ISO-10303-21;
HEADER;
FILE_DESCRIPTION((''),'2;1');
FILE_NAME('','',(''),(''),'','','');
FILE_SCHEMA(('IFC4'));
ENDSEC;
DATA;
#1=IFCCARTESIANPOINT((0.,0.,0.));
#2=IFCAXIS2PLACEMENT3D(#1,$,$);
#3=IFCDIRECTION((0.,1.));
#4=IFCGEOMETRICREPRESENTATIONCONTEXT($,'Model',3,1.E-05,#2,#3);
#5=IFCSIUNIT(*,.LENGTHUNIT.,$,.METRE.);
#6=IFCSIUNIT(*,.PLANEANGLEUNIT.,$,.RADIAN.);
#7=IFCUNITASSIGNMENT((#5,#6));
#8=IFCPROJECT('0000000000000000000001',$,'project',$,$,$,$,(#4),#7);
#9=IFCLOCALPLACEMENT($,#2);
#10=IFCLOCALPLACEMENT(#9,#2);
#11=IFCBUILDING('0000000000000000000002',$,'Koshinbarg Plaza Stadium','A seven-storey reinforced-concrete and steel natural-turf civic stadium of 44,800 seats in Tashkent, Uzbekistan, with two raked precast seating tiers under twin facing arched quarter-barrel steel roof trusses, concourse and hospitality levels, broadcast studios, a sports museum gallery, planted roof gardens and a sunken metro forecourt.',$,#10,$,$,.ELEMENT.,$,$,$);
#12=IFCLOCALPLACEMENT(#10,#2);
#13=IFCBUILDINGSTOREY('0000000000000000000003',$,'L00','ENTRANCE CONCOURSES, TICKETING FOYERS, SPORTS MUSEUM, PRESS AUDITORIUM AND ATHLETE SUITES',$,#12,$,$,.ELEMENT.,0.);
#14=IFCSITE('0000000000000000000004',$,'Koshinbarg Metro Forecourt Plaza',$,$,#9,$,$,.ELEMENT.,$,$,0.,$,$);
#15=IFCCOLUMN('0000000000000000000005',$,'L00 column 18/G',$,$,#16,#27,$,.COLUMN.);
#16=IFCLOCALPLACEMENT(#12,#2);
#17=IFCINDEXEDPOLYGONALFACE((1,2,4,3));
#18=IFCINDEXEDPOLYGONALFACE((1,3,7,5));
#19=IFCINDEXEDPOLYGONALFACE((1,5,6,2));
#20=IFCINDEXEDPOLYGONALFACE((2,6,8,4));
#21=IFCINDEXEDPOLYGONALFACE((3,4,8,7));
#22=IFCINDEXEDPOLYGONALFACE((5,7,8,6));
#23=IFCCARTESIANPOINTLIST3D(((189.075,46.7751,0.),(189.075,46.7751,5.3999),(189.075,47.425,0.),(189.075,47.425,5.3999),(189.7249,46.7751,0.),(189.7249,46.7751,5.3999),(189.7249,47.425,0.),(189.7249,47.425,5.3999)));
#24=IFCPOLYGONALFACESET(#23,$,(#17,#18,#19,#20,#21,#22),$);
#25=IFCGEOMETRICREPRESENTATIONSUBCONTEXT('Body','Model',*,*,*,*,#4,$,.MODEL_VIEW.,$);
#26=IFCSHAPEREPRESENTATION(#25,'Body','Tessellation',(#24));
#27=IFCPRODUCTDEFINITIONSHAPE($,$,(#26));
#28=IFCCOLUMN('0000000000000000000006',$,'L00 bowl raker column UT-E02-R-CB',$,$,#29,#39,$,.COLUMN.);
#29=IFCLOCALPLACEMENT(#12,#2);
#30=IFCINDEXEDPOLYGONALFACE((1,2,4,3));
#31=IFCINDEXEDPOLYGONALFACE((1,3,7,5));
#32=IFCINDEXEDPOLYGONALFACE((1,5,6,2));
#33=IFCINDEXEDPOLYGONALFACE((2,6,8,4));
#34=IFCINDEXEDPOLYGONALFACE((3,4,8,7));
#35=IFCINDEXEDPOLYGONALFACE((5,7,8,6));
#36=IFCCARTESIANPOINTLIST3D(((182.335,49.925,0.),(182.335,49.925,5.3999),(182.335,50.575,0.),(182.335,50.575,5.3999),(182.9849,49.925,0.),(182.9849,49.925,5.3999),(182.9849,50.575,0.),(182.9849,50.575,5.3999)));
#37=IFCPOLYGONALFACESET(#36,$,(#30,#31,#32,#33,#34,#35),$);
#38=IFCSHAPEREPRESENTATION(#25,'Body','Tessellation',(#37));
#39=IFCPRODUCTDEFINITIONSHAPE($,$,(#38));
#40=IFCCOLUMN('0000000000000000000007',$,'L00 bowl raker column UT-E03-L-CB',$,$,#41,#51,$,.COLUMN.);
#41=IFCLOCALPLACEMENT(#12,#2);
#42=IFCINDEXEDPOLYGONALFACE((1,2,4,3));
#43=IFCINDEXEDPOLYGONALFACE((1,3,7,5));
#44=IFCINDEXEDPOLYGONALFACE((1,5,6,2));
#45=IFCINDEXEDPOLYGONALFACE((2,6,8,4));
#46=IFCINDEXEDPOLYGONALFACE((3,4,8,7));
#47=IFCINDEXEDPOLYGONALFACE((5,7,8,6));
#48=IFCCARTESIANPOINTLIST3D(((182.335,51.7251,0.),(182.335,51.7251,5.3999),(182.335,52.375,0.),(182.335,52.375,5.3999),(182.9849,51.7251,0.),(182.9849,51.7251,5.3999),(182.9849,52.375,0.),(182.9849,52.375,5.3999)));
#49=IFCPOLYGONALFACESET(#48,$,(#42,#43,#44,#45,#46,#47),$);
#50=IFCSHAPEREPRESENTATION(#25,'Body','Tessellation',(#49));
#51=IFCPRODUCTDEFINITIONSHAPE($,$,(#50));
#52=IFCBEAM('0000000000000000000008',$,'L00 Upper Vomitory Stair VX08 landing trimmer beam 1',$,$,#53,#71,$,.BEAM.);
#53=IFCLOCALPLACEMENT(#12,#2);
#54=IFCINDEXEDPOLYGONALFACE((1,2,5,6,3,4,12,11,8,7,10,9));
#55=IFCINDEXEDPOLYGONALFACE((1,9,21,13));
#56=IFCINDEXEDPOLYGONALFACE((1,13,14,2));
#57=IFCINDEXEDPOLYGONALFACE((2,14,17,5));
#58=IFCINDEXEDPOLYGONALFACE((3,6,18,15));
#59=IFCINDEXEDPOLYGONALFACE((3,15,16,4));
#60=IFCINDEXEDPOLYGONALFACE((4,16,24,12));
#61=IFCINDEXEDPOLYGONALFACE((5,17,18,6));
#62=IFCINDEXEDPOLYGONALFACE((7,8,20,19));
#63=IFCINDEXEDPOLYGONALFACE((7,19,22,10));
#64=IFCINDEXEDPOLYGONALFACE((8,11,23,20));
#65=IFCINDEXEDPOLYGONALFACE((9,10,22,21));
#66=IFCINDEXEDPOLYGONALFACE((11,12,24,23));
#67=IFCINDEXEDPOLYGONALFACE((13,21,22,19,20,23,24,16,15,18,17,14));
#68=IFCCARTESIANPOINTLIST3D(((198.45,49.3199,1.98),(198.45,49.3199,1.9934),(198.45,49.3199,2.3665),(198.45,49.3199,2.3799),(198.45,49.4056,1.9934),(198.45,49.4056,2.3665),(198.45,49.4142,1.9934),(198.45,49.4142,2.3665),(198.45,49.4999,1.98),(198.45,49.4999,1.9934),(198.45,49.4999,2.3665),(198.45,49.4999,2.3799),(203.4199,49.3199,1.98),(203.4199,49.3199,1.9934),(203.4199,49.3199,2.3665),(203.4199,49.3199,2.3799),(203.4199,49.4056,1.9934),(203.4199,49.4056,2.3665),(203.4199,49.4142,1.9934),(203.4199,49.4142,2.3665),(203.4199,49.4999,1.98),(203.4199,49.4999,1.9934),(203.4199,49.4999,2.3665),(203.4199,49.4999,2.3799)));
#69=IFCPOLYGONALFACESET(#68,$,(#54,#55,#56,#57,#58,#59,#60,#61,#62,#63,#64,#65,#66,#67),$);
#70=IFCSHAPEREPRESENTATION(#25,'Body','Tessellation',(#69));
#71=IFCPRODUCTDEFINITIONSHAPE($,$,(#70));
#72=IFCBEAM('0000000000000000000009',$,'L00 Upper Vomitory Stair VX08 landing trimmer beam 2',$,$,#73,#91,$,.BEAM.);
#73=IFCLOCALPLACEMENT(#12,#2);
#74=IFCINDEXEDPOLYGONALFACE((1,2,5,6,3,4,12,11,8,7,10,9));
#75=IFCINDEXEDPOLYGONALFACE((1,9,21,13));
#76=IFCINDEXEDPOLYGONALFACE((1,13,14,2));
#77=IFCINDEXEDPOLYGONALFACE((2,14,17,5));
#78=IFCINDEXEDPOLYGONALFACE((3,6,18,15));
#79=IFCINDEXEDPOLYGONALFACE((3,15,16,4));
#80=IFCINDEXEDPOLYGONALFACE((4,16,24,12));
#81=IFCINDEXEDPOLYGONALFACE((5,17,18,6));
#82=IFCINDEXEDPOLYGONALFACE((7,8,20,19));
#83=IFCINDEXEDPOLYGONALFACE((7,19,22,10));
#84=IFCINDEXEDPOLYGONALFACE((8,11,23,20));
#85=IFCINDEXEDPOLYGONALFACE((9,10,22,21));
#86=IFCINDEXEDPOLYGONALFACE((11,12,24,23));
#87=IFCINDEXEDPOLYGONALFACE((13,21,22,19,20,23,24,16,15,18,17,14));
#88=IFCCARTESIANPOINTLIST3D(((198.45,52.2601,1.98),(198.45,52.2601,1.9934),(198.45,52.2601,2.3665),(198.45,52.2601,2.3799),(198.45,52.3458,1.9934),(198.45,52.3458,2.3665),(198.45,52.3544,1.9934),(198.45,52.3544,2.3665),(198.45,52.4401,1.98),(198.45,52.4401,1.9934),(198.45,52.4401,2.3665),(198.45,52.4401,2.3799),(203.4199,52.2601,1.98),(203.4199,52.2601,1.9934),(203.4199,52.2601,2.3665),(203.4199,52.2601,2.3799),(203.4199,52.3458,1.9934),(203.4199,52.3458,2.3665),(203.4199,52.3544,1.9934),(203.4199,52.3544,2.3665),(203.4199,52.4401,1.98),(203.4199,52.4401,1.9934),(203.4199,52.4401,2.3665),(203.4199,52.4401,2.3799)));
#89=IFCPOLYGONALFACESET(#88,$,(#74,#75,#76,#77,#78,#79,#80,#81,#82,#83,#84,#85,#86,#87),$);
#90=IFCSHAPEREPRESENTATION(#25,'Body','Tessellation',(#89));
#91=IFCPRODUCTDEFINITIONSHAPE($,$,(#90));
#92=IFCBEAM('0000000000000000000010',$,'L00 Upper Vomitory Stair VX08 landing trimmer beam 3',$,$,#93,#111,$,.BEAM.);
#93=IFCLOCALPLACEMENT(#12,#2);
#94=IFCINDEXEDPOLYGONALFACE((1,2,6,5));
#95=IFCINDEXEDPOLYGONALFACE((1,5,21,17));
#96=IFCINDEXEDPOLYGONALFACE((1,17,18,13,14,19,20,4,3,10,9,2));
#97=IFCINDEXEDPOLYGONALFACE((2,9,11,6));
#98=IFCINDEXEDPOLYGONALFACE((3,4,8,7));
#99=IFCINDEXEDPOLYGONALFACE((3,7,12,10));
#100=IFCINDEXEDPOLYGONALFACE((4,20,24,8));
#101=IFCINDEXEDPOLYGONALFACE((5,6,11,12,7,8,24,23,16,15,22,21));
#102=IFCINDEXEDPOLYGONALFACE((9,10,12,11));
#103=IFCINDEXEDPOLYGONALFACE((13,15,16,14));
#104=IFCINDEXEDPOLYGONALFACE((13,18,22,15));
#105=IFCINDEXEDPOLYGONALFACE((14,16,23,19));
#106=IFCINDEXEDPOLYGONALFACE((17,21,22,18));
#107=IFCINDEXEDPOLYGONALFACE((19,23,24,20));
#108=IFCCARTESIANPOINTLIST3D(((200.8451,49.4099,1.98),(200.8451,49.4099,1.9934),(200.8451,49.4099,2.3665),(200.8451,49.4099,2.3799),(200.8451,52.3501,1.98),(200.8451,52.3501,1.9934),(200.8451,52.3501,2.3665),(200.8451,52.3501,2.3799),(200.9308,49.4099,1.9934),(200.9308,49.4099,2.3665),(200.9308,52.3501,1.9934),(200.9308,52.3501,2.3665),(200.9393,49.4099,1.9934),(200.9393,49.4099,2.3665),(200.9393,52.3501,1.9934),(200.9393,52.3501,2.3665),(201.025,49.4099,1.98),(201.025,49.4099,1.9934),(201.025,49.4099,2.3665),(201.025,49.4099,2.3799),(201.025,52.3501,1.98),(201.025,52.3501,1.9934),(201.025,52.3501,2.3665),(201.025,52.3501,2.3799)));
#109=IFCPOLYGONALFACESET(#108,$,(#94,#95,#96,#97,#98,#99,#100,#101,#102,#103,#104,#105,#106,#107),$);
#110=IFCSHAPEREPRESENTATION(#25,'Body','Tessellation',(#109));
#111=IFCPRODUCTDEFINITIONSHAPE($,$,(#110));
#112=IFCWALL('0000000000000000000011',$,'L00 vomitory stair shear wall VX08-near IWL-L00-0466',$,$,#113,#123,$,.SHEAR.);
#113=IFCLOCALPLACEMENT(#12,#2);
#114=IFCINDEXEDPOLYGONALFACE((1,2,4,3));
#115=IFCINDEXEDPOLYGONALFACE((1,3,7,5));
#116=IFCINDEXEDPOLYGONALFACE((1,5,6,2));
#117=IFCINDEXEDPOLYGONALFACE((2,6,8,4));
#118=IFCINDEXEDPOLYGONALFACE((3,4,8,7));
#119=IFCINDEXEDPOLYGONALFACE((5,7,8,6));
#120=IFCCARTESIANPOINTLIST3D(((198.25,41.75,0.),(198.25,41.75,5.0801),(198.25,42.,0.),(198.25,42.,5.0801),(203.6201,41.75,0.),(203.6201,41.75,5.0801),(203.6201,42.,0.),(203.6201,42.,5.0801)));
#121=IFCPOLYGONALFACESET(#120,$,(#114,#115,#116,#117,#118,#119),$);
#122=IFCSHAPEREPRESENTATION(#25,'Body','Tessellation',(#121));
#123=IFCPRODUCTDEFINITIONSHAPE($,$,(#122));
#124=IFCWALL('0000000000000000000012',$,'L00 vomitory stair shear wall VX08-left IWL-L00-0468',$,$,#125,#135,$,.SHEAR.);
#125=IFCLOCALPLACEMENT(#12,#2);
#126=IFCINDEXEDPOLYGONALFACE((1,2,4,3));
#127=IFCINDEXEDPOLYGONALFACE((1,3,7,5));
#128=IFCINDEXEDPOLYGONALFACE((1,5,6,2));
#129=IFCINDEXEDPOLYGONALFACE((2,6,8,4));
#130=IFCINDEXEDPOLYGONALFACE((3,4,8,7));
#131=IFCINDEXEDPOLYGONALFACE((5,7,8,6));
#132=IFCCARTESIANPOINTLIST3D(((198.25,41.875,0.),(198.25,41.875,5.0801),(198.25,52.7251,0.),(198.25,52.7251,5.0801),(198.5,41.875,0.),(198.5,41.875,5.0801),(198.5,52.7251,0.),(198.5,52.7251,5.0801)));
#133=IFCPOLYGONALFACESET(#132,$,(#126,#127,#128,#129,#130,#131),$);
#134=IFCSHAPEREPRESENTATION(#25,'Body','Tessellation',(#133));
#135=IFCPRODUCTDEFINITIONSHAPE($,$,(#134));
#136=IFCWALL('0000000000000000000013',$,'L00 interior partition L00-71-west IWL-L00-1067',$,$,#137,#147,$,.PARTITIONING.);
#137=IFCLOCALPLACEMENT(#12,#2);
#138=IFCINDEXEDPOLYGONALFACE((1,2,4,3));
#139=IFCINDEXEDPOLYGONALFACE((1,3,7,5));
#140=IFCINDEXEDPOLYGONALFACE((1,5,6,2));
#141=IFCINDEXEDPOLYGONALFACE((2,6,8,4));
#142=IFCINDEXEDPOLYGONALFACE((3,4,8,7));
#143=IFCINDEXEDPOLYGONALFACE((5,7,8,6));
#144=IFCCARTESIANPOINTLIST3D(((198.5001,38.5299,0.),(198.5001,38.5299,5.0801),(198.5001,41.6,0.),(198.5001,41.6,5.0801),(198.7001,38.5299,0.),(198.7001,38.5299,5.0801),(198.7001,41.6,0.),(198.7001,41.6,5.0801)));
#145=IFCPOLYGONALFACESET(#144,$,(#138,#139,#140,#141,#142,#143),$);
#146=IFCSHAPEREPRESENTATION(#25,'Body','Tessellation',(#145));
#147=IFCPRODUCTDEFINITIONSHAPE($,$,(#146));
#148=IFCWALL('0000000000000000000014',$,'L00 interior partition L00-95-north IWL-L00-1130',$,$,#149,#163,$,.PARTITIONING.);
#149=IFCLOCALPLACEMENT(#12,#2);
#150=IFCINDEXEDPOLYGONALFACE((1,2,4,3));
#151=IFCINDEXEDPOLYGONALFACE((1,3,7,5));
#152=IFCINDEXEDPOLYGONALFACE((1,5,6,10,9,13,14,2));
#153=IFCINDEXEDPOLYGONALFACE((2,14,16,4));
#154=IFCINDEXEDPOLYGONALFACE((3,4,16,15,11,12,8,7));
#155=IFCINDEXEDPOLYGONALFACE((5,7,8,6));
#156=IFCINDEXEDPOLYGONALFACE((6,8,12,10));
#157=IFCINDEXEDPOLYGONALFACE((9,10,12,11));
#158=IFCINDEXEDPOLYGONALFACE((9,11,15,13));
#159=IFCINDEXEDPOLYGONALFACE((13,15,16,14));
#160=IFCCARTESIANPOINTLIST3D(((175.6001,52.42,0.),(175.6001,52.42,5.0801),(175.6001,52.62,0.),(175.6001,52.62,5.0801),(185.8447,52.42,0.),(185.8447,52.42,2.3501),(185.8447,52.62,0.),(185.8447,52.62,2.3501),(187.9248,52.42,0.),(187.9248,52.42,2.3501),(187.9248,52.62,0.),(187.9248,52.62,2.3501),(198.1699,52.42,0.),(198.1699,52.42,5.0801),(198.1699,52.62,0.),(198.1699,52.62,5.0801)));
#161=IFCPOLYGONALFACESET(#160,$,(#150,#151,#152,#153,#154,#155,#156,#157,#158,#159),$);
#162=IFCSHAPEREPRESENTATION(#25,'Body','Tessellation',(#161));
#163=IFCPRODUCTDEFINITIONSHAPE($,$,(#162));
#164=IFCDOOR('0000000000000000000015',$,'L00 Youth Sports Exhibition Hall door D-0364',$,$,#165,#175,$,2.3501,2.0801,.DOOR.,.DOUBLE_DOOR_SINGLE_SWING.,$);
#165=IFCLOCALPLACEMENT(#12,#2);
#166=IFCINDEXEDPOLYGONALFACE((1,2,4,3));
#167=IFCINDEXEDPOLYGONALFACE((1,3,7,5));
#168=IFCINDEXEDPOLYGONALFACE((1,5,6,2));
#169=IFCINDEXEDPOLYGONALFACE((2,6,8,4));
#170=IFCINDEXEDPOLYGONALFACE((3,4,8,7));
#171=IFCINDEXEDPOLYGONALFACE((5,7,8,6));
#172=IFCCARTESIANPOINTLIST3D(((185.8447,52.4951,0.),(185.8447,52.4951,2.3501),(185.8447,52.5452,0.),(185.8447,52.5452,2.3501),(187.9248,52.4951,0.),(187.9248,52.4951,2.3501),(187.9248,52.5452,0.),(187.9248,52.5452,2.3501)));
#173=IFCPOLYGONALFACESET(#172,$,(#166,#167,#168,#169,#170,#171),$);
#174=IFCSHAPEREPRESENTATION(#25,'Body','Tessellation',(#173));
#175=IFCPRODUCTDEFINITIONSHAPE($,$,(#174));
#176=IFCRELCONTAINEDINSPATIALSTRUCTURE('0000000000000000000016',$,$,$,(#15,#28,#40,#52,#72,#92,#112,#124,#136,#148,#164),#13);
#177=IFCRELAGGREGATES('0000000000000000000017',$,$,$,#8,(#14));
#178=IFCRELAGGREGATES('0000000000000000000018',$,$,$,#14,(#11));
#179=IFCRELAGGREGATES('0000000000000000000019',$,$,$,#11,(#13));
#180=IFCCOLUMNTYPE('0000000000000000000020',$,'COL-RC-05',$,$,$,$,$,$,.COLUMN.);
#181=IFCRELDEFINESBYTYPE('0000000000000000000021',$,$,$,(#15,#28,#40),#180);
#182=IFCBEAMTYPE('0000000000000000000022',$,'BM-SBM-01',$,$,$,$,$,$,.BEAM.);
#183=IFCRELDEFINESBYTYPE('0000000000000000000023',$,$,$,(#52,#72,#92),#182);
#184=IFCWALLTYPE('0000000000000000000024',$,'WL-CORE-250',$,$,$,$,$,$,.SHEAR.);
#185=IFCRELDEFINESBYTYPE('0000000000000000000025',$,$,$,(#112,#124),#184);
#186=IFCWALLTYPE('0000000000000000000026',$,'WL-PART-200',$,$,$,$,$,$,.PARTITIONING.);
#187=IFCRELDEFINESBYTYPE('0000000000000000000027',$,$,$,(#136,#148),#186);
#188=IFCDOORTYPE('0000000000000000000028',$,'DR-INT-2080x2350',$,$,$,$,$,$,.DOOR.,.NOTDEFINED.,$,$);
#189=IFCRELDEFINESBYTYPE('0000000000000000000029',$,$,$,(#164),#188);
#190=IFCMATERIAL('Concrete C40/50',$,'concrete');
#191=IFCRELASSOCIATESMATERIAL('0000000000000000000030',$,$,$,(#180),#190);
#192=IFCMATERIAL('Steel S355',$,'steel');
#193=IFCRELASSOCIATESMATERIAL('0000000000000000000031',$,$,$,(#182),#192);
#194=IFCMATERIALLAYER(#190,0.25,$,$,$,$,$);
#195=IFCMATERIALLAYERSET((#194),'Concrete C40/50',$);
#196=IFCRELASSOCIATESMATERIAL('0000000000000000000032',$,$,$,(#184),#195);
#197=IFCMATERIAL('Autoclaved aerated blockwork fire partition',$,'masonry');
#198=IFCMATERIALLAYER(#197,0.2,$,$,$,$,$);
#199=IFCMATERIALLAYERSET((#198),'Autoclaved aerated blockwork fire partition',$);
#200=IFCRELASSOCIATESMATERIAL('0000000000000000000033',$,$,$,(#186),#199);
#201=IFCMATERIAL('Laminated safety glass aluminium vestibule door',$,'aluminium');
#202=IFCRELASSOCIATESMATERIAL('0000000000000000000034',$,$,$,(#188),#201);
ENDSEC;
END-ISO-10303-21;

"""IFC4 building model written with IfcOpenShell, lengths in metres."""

from ifc_helpers import new_model, si_unit, direction, frame, frame_2d, origin, origin_2d, place, context, subcontext, project, spatial, rectangle, i_section, extrude, material, layer, layer_set, material_profile, profile_set, type_object, element, fill, save


model = new_model("IFC4")

# Units and contexts
model_context = context("Model", 3, precision=1e-05, world=origin(), true_north=direction((0.0, 1.0)))
body_context = subcontext(model_context, "Body", "Model", "MODEL_VIEW")
ifc_project = project(units=[si_unit("LENGTHUNIT", "METRE"), si_unit("PLANEANGLEUNIT", "RADIAN")], contexts=[model_context])

# Site, building, storey
site_placement = place(None, origin())
site = spatial("IfcSite", under=ifc_project, at=site_placement, Name="Koshinbarg Metro Forecourt Plaza", CompositionType="ELEMENT", RefElevation=0.0)
building_placement = place(site_placement, origin())
building = spatial("IfcBuilding", under=site, at=building_placement, Name="Koshinbarg Plaza Stadium", Description="A seven-storey reinforced-concrete and steel natural-turf civic stadium of 44,800 seats in Tashkent, Uzbekistan, with two raked precast seating tiers under twin facing arched quarter-barrel steel roof trusses, concourse and hospitality levels, broadcast studios, a sports museum gallery, planted roof gardens and a sunken metro forecourt.", CompositionType="ELEMENT")
storey_placement = place(building_placement, origin())
storey = spatial("IfcBuildingStorey", under=building, at=storey_placement, Name="L00", Description="ENTRANCE CONCOURSES, TICKETING FOYERS, SPORTS MUSEUM, PRESS AUDITORIUM AND ATHLETE SUITES", CompositionType="ELEMENT", Elevation=0.0)

# Columns
ifc_material_1 = material(Name="Concrete C40/50", Category="concrete")
ifc_material_profile_1 = material_profile(ifc_material_1, rectangle(XDim=0.6499, YDim=0.6499, at=origin_2d()), Name="RC 650x650")
ifc_profile_set_1 = profile_set([ifc_material_profile_1], Name="Concrete C40/50")
column_type_1 = type_object("IfcColumnType", Name="COL-RC-05", PredefinedType="COLUMN", material=ifc_profile_set_1)
for number, where, z_axis, x_axis, name in (
    (1, (189.3999, 47.1001, 0.0), (0.0, 0.0, 1.0), (1.0, 0.0, 0.0), "L00 column 18/G"),
    (2, (182.6599, 50.25, 0.0), (0.0, 0.0, 1.0), (1.0, 0.0, 0.0), "L00 bowl raker column UT-E02-R-CB"),
    (3, (182.6599, 52.05, 0.0), (0.0, 0.0, 1.0), (1.0, 0.0, 0.0), "L00 bowl raker column UT-E03-L-CB"),
):
    element("IfcColumn", number, at=place(storey_placement, frame(where, z_axis=z_axis, x_axis=x_axis)), inside=storey, type_object=column_type_1, Name=name, PredefinedType="COLUMN", context=body_context, shape_type="SweptSolid", body=[
        extrude(rectangle(XDim=0.6499, YDim=0.6499, at=origin_2d()), origin(), (0.0, 0.0, 1.0), 5.3999),
    ])

# Beams
ifc_material_2 = material(Name="Steel S355", Category="steel")
ifc_material_profile_2 = material_profile(ifc_material_2, i_section(OverallWidth=0.1799, OverallDepth=0.3999, WebThickness=0.0085, FlangeThickness=0.0134, at=origin_2d()), Name="IPE 400")
ifc_profile_set_2 = profile_set([ifc_material_profile_2], Name="Steel S355")
beam_type = type_object("IfcBeamType", Name="BM-SBM-01", PredefinedType="BEAM", material=ifc_profile_set_2)
for number, where, z_axis, x_axis, name in (
    (4, (198.45, 49.4099, 2.1799), (1.0, 0.0, 0.0), (0.0, 1.0, 0.0), "L00 Upper Vomitory Stair VX08 landing trimmer beam 1"),
    (5, (198.45, 52.3501, 2.1799), (1.0, 0.0, 0.0), (0.0, 1.0, 0.0), "L00 Upper Vomitory Stair VX08 landing trimmer beam 2"),
):
    element("IfcBeam", number, at=place(storey_placement, frame(where, z_axis=z_axis, x_axis=x_axis)), inside=storey, type_object=beam_type, Name=name, PredefinedType="BEAM", context=body_context, shape_type="SweptSolid", body=[
        extrude(i_section(OverallWidth=0.1799, OverallDepth=0.3999, WebThickness=0.0085, FlangeThickness=0.0134, at=origin_2d()), origin(), (0.0, 0.0, 1.0), 4.97),
    ])
beam_placement = place(storey_placement, frame((200.9351, 49.4099, 2.1799), z_axis=(0.0, 1.0, 0.0), x_axis=(-1.0, 0.0, 0.0)))
element("IfcBeam", 6, at=beam_placement, inside=storey, type_object=beam_type, Name="L00 Upper Vomitory Stair VX08 landing trimmer beam 3", PredefinedType="BEAM", context=body_context, shape_type="SweptSolid", body=[
    extrude(i_section(OverallWidth=0.1799, OverallDepth=0.3999, WebThickness=0.0085, FlangeThickness=0.0134, at=origin_2d()), origin(), (0.0, 0.0, 1.0), 2.9402),
])

# Walls
ifc_layer_1 = layer(ifc_material_1, 0.25)
ifc_layer_set_1 = layer_set([ifc_layer_1], Name="Concrete C40/50")
wall_type_1 = type_object("IfcWallType", Name="WL-CORE-250", PredefinedType="SHEAR", material=ifc_layer_set_1)
wall_1_placement = place(storey_placement, frame((198.25, 41.875, 0.0), z_axis=(0.0, 0.0, 1.0), x_axis=(1.0, 0.0, 0.0)))
element("IfcWall", 7, at=wall_1_placement, inside=storey, type_object=wall_type_1, Name="L00 vomitory stair shear wall VX08-near IWL-L00-0466", PredefinedType="SHEAR", context=body_context, shape_type="SweptSolid", body=[
    extrude(rectangle(XDim=5.3701, YDim=0.25, at=frame_2d((2.6851, 0.0))), origin(), (0.0, 0.0, 1.0), 5.0801),
])
wall_2_placement = place(storey_placement, frame((198.375, 41.875, 0.0), z_axis=(0.0, 0.0, 1.0), x_axis=(0.0, 1.0, 0.0)))
element("IfcWall", 8, at=wall_2_placement, inside=storey, type_object=wall_type_1, Name="L00 vomitory stair shear wall VX08-left IWL-L00-0468", PredefinedType="SHEAR", context=body_context, shape_type="SweptSolid", body=[
    extrude(rectangle(XDim=10.8501, YDim=0.25, at=frame_2d((5.425, 0.0))), origin(), (0.0, 0.0, 1.0), 5.0801),
])
ifc_material_3 = material(Name="Autoclaved aerated blockwork fire partition", Category="masonry")
ifc_layer_2 = layer(ifc_material_3, 0.2)
ifc_layer_set_2 = layer_set([ifc_layer_2], Name="Autoclaved aerated blockwork fire partition")
wall_type_2 = type_object("IfcWallType", Name="WL-PART-200", PredefinedType="PARTITIONING", material=ifc_layer_set_2)
wall_3_placement = place(storey_placement, frame((198.6001, 41.6001, 0.0), z_axis=(0.0, 0.0, 1.0), x_axis=(0.0, -1.0, 0.0)))
element("IfcWall", 9, at=wall_3_placement, inside=storey, type_object=wall_type_2, Name="L00 interior partition L00-71-west IWL-L00-1067", PredefinedType="PARTITIONING", context=body_context, shape_type="SweptSolid", body=[
    extrude(rectangle(XDim=3.0701, YDim=0.2, at=frame_2d((1.5352, 0.0))), origin(), (0.0, 0.0, 1.0), 5.0801),
])

# Wall, opening, door
wall_4_placement = place(storey_placement, frame((198.1699, 52.52, 0.0), z_axis=(0.0, 0.0, 1.0), x_axis=(-1.0, 0.0, 0.0)))
wall_4 = element("IfcWall", 10, at=wall_4_placement, inside=storey, type_object=wall_type_2, Name="L00 interior partition L00-95-north IWL-L00-1130", PredefinedType="PARTITIONING", context=body_context, shape_type="SweptSolid", body=[
    extrude(rectangle(XDim=22.5698, YDim=0.2, at=frame_2d((11.2849, 0.0))), origin(), (0.0, 0.0, 1.0), 5.0801),
])
opening_placement = place(wall_4_placement, frame((10.2451, 0.0, 0.0)))
opening = element("IfcOpeningElement", 11, at=opening_placement, cuts=wall_4, PredefinedType="OPENING", context=body_context, shape_type="SweptSolid", body=[
    extrude(rectangle(XDim=2.0801, YDim=2.3501, at=frame_2d((1.04, 1.175))), frame((0.0, 0.1099, 0.0), z_axis=(0.0, -1.0, 0.0), x_axis=(1.0, 0.0, 0.0)), (0.0, 0.0, 1.0), 0.22),
])
ifc_material_4 = material(Name="Laminated safety glass aluminium vestibule door", Category="aluminium")
door_type = type_object("IfcDoorType", Name="DR-INT-2080x2350", OperationType="NOTDEFINED", PredefinedType="DOOR", material=ifc_material_4)
door_placement = place(opening_placement, origin())
door = element("IfcDoor", 12, at=door_placement, inside=storey, type_object=door_type, Name="L00 Youth Sports Exhibition Hall door D-0364", OperationType="DOUBLE_DOOR_SINGLE_SWING", OverallHeight=2.3501, OverallWidth=2.0801, PredefinedType="DOOR", context=body_context, shape_type="SweptSolid", body=[
    extrude(rectangle(XDim=2.0801, YDim=2.3501, at=frame_2d((1.04, 1.175))), frame((0.0, 0.0249, 0.0), z_axis=(0.0, -1.0, 0.0), x_axis=(1.0, 0.0, 0.0)), (0.0, 0.0, 1.0), 0.05),
])
fill(opening, door)

save(model, "model.ifc")
